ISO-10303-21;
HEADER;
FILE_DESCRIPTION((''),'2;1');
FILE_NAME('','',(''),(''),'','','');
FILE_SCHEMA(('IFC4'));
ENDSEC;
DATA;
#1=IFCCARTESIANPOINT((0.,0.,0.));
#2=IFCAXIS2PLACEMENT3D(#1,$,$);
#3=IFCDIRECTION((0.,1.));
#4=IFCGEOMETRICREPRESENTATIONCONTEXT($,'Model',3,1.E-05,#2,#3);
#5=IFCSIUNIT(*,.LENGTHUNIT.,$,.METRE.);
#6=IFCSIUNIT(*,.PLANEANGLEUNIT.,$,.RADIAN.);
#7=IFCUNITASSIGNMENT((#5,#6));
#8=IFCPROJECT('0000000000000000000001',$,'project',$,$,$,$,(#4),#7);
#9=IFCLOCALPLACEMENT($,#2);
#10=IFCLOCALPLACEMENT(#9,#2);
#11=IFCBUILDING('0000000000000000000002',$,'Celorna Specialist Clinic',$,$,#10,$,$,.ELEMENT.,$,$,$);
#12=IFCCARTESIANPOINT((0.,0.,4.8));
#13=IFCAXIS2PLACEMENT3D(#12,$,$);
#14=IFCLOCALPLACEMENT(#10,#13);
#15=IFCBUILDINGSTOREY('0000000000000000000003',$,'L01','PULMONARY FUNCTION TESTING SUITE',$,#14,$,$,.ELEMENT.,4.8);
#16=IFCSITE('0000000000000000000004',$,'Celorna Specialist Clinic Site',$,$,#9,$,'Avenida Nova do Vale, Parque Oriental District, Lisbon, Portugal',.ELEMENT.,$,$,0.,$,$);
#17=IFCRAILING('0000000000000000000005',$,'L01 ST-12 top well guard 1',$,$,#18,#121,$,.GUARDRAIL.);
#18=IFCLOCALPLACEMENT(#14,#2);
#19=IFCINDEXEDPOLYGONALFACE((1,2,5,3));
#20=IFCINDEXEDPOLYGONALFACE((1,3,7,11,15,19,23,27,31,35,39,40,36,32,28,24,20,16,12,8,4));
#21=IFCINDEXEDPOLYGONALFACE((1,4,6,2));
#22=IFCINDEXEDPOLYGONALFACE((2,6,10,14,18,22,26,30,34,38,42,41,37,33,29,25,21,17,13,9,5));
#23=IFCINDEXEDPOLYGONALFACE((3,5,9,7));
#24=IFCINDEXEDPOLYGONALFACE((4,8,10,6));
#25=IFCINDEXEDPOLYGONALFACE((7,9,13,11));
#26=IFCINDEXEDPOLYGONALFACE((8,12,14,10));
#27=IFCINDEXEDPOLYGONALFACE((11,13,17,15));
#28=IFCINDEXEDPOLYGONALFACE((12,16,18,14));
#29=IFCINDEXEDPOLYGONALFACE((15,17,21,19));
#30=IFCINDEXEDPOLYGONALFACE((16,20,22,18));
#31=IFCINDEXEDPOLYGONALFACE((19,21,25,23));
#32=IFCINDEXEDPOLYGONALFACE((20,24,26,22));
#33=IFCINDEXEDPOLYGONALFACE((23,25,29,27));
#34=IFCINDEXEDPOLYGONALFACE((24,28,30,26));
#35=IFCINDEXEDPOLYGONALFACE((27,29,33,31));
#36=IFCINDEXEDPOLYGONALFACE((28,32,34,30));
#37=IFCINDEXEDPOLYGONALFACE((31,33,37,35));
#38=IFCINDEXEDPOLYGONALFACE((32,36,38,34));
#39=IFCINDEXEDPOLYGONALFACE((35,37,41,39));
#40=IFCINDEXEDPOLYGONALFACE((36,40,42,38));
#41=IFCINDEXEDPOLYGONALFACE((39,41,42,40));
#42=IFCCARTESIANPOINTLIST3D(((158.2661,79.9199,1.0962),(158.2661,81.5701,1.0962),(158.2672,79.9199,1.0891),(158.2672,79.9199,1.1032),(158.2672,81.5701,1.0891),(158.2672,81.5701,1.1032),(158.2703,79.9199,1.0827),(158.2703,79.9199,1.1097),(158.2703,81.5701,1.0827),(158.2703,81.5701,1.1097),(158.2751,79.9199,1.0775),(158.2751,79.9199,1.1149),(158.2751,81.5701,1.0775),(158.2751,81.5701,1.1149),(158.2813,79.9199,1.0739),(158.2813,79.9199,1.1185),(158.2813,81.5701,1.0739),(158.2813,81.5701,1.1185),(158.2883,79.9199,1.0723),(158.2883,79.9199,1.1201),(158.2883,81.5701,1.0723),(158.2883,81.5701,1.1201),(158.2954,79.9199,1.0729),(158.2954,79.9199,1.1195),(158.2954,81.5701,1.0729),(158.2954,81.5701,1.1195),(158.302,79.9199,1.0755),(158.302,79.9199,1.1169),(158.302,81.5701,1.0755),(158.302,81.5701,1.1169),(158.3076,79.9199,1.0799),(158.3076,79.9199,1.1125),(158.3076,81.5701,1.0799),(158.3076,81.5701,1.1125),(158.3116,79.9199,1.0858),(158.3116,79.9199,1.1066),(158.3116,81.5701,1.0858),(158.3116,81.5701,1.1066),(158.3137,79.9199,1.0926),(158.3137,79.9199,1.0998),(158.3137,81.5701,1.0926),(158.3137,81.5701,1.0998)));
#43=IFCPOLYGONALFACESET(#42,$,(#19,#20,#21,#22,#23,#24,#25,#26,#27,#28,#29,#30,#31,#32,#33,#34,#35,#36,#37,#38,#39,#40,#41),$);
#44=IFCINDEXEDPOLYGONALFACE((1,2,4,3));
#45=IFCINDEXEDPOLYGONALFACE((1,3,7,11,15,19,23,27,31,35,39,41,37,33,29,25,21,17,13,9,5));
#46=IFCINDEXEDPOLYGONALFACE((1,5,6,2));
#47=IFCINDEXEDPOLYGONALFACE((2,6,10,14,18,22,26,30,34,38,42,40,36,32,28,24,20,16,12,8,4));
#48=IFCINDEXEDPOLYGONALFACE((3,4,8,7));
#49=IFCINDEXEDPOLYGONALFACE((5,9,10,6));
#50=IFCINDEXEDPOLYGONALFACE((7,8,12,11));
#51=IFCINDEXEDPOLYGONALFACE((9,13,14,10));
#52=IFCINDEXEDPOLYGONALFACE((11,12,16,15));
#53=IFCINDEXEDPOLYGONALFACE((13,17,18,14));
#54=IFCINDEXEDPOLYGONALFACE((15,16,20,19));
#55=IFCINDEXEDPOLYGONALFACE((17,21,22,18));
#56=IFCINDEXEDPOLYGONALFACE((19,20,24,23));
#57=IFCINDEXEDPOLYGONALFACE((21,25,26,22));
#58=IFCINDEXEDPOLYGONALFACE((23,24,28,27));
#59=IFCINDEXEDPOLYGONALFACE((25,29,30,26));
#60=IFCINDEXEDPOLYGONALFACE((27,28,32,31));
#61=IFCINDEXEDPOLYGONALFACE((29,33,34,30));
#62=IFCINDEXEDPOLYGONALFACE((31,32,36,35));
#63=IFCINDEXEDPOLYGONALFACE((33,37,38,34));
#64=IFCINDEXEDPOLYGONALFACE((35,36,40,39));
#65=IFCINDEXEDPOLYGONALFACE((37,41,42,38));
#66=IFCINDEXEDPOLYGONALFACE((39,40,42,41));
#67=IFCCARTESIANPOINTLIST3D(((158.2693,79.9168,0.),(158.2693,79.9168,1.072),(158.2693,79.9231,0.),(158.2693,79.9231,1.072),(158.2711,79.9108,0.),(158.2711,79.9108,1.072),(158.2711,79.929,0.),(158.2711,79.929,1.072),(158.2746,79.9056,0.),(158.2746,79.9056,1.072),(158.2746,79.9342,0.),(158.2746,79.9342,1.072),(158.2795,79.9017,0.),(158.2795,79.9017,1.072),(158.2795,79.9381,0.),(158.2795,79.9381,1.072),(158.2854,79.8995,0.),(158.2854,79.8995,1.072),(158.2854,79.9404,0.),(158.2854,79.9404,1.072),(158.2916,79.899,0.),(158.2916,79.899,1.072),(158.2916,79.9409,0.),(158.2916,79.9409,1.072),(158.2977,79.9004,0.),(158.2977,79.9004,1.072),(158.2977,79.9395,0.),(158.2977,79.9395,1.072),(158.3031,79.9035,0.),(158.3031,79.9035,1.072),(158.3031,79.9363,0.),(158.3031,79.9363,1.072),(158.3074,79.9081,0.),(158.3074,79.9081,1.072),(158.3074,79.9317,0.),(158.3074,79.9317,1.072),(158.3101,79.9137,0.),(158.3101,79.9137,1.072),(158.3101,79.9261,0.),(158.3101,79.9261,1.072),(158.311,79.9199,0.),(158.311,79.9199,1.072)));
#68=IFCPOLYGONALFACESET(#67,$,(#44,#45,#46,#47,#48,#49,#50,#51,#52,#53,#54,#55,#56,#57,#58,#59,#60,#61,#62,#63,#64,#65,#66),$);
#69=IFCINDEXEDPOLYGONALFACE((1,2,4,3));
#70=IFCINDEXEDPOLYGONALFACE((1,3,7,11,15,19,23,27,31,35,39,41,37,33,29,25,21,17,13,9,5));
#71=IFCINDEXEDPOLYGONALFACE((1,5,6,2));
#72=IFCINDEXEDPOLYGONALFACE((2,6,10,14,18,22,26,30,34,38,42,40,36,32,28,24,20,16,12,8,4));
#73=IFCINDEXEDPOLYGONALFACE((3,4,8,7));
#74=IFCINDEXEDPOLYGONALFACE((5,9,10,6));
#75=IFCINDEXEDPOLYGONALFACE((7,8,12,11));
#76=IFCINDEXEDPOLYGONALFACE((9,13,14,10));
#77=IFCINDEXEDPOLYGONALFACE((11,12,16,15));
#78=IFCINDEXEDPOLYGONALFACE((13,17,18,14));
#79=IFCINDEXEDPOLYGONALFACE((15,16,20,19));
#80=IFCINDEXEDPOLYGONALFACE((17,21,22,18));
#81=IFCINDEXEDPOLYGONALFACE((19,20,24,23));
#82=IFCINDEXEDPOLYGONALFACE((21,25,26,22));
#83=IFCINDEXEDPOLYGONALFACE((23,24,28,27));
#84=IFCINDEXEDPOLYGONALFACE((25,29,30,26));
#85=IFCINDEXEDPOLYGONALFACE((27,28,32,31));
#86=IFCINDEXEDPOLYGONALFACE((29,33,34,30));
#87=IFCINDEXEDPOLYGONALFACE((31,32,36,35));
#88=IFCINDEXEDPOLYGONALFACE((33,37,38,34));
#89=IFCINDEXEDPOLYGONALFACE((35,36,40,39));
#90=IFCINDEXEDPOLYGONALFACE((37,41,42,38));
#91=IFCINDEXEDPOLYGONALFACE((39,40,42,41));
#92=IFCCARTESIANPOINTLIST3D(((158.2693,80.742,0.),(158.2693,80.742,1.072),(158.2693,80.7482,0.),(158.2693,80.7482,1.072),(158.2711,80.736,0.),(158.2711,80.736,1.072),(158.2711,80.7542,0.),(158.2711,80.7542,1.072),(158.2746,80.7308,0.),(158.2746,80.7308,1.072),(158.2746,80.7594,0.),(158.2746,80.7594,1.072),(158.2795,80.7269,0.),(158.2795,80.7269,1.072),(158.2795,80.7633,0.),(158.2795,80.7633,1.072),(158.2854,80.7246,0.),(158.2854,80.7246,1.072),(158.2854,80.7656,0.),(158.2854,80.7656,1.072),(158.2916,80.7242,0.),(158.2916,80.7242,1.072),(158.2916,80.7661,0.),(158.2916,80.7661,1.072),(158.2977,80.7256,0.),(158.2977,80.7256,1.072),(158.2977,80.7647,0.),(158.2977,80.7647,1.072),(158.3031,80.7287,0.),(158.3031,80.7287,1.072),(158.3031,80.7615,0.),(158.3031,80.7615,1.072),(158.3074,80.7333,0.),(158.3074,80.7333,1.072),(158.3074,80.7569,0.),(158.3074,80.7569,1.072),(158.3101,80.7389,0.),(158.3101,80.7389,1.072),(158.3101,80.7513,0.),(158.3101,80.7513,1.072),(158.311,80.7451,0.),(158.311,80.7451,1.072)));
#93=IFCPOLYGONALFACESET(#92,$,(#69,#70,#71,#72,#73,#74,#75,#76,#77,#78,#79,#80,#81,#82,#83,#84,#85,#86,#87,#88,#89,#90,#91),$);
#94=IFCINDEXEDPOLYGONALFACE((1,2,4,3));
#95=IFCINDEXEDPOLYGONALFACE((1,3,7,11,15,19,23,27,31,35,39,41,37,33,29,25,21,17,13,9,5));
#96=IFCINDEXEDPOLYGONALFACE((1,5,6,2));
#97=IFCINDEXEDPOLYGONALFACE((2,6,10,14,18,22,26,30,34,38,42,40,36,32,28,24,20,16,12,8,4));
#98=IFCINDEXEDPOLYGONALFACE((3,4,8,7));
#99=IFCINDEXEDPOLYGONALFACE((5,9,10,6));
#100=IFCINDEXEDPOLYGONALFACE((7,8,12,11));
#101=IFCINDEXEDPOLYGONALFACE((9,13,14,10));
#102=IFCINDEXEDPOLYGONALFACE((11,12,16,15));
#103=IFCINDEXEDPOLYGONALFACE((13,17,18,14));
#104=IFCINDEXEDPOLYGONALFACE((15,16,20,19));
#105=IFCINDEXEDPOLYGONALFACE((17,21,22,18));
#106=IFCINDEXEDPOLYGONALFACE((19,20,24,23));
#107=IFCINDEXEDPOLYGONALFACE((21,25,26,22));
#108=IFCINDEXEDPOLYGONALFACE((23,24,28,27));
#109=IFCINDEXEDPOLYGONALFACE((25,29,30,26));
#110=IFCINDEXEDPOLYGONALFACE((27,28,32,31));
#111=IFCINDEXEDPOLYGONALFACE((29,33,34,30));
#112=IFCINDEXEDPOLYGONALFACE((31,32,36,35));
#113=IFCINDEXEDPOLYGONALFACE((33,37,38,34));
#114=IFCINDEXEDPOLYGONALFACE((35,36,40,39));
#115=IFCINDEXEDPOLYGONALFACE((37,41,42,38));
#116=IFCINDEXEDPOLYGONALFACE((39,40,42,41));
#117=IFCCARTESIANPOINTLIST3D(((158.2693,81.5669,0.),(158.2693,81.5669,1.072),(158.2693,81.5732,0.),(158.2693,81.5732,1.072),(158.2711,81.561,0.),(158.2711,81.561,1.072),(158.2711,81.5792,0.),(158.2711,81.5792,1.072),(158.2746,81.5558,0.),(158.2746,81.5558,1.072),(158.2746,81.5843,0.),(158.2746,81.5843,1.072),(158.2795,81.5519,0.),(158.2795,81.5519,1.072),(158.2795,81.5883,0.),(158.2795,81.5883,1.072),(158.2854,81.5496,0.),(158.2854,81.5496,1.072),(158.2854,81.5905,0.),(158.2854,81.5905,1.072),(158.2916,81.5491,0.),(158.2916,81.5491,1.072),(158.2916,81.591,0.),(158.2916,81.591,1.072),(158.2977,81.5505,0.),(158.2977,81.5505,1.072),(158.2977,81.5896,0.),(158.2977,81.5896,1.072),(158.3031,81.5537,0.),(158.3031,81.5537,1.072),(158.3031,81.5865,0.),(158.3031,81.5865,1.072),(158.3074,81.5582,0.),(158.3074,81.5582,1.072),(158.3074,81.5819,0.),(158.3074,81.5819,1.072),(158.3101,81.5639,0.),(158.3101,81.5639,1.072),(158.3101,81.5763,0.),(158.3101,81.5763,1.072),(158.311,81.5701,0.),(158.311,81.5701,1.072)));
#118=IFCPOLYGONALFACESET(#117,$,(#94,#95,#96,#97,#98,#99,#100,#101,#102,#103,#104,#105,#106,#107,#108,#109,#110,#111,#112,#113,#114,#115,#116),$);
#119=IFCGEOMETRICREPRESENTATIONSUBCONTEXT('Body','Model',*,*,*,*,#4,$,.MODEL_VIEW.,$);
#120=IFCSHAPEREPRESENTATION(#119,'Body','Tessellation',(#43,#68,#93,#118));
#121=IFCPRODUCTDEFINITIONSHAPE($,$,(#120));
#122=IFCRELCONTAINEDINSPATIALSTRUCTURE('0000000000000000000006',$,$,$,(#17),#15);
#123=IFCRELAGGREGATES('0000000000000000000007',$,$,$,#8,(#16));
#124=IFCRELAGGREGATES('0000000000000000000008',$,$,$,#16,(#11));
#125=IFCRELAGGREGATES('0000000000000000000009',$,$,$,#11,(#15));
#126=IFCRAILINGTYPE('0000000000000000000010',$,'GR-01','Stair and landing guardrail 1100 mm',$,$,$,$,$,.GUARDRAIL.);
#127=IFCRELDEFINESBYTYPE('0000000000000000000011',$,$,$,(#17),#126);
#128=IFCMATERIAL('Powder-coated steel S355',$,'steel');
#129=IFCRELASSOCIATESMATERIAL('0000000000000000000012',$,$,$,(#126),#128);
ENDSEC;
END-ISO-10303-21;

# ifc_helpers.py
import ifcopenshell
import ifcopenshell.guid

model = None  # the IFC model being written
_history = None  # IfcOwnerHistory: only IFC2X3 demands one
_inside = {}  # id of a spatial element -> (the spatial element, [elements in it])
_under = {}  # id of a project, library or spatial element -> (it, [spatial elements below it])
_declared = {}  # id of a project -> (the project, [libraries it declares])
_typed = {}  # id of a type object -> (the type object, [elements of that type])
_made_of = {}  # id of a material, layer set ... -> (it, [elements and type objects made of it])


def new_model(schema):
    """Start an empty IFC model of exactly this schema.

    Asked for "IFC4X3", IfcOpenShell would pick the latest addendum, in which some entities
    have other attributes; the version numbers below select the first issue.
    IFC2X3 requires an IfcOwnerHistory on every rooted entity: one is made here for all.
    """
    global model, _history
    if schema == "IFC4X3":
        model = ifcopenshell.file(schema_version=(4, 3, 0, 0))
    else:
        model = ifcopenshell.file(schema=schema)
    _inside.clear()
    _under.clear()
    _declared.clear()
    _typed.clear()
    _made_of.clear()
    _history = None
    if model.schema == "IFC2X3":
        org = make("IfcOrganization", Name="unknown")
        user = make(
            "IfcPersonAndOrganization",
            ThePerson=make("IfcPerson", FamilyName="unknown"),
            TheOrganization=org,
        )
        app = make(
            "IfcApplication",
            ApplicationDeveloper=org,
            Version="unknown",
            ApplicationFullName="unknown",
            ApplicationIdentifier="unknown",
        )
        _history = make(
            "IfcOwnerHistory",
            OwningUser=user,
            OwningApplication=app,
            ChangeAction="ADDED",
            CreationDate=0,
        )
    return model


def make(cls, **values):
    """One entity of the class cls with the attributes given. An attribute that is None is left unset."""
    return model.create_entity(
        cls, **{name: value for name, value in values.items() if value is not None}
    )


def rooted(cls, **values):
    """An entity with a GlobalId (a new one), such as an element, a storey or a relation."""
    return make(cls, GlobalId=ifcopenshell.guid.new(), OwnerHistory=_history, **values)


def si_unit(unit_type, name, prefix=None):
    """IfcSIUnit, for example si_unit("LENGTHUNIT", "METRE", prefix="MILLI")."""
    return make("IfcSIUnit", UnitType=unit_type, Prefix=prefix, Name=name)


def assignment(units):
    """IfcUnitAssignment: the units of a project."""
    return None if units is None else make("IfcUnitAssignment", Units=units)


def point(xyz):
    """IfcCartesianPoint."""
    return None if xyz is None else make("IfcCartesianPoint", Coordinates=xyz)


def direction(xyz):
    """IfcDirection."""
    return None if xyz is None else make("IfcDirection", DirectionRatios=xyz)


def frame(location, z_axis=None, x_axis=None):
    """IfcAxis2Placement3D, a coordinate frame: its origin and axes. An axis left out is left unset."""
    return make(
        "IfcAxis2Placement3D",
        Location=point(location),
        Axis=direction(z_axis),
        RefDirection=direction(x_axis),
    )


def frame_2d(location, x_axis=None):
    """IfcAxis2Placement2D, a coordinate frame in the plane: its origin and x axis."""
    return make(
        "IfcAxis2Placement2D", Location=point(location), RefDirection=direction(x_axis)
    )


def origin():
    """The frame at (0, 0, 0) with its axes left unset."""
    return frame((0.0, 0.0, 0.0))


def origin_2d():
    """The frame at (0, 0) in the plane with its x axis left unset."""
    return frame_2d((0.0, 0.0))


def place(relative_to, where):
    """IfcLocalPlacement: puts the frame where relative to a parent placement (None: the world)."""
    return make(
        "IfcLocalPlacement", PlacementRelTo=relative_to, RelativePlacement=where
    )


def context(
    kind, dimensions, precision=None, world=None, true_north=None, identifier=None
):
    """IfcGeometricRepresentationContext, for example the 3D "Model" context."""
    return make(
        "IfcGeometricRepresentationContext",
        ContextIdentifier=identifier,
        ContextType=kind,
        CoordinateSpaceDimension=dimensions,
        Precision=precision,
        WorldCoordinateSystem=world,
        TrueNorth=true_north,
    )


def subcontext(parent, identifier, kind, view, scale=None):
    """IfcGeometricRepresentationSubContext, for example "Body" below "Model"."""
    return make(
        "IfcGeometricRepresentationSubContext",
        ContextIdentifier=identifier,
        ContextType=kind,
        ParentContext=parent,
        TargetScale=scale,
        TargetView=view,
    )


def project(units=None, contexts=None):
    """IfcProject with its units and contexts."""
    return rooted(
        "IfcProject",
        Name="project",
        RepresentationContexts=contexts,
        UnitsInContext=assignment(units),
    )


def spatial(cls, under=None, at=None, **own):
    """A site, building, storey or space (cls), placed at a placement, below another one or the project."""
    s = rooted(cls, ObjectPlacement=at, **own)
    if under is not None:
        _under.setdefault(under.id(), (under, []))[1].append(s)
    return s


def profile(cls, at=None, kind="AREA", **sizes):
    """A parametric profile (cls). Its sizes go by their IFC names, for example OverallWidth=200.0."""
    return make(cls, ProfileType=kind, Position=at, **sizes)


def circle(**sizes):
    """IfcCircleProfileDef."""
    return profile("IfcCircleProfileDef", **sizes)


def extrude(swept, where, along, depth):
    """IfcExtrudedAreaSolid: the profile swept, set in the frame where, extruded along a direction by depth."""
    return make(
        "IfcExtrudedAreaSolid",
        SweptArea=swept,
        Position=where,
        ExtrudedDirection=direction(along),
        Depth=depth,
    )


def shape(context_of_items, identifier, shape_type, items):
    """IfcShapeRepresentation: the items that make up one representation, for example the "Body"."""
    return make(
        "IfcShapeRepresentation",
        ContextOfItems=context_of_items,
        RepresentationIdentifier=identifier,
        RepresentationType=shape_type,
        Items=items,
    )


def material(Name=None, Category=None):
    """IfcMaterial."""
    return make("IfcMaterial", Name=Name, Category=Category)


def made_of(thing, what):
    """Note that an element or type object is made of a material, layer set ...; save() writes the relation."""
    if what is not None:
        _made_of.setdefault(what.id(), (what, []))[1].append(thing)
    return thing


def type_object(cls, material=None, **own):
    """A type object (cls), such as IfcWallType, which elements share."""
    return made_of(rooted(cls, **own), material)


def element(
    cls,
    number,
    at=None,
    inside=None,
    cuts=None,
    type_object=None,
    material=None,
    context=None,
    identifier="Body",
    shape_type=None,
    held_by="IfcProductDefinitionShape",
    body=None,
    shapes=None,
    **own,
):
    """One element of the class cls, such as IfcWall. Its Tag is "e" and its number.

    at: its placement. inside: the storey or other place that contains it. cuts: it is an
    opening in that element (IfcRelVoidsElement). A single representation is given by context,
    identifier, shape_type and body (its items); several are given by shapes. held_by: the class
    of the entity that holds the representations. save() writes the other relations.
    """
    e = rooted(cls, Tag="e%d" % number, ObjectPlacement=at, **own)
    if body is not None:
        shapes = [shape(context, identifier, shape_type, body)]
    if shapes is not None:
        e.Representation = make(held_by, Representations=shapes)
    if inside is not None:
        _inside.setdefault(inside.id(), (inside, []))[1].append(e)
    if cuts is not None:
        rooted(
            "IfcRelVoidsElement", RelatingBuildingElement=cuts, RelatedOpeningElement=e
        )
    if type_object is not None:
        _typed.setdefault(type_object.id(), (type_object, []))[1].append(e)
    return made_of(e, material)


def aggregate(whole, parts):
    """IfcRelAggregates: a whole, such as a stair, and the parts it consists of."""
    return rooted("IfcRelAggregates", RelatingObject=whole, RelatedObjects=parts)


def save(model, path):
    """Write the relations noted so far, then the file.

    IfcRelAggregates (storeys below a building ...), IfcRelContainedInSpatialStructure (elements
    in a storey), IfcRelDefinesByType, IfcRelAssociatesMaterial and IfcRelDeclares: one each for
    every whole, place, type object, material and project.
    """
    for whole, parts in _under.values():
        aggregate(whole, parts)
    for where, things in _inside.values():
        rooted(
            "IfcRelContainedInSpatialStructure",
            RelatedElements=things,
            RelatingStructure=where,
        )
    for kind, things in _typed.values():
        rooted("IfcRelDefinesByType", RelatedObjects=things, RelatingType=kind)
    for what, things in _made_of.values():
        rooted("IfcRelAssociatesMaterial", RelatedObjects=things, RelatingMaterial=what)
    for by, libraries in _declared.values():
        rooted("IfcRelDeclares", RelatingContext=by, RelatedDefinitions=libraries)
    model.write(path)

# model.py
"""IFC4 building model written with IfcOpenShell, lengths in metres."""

from ifc_helpers import new_model, si_unit, direction, frame, origin, origin_2d, place, context, subcontext, project, spatial, circle, extrude, material, type_object, element, save


model = new_model("IFC4")

# Units and contexts
model_context = context("Model", 3, precision=1e-05, world=origin(), true_north=direction((0.0, 1.0)))
body_context = subcontext(model_context, "Body", "Model", "MODEL_VIEW")
ifc_project = project(units=[si_unit("LENGTHUNIT", "METRE"), si_unit("PLANEANGLEUNIT", "RADIAN")], contexts=[model_context])

# Site, building, storey
site_placement = place(None, origin())
site = spatial("IfcSite", under=ifc_project, at=site_placement, Name="Celorna Specialist Clinic Site", LongName="Avenida Nova do Vale, Parque Oriental District, Lisbon, Portugal", CompositionType="ELEMENT", RefElevation=0.0)
building_placement = place(site_placement, origin())
building = spatial("IfcBuilding", under=site, at=building_placement, Name="Celorna Specialist Clinic", CompositionType="ELEMENT")
storey_placement = place(building_placement, frame((0.0, 0.0, 4.8)))
storey = spatial("IfcBuildingStorey", under=building, at=storey_placement, Name="L01", Description="PULMONARY FUNCTION TESTING SUITE", CompositionType="ELEMENT", Elevation=4.8)

# Railing
ifc_material_1 = material(Name="Powder-coated steel S355", Category="steel")
railing_type = type_object("IfcRailingType", Name="GR-01", Description="Stair and landing guardrail 1100 mm", PredefinedType="GUARDRAIL", material=ifc_material_1)
railing_placement = place(storey_placement, frame((158.29, 79.9199, 0.0)))
element("IfcRailing", 1, at=railing_placement, inside=storey, type_object=railing_type, Name="L01 ST-12 top well guard 1", PredefinedType="GUARDRAIL", context=body_context, shape_type="SweptSolid", body=[
    extrude(circle(Radius=0.0239, at=origin_2d()), frame((0.0, 0.0, 1.0962), z_axis=(0.0, 1.0, 0.0), x_axis=(-1.0, 0.0, 0.0)), (0.0, 0.0, 1.0), 1.6501),
    extrude(circle(Radius=0.021, at=origin_2d()), origin(), (0.0, 0.0, 1.0), 1.072),
    extrude(circle(Radius=0.021, at=origin_2d()), frame((0.0, 0.8252, 0.0)), (0.0, 0.0, 1.0), 1.072),
    extrude(circle(Radius=0.021, at=origin_2d()), frame((0.0, 1.6501, 0.0)), (0.0, 0.0, 1.0), 1.072),
])

save(model, "model.ifc")
